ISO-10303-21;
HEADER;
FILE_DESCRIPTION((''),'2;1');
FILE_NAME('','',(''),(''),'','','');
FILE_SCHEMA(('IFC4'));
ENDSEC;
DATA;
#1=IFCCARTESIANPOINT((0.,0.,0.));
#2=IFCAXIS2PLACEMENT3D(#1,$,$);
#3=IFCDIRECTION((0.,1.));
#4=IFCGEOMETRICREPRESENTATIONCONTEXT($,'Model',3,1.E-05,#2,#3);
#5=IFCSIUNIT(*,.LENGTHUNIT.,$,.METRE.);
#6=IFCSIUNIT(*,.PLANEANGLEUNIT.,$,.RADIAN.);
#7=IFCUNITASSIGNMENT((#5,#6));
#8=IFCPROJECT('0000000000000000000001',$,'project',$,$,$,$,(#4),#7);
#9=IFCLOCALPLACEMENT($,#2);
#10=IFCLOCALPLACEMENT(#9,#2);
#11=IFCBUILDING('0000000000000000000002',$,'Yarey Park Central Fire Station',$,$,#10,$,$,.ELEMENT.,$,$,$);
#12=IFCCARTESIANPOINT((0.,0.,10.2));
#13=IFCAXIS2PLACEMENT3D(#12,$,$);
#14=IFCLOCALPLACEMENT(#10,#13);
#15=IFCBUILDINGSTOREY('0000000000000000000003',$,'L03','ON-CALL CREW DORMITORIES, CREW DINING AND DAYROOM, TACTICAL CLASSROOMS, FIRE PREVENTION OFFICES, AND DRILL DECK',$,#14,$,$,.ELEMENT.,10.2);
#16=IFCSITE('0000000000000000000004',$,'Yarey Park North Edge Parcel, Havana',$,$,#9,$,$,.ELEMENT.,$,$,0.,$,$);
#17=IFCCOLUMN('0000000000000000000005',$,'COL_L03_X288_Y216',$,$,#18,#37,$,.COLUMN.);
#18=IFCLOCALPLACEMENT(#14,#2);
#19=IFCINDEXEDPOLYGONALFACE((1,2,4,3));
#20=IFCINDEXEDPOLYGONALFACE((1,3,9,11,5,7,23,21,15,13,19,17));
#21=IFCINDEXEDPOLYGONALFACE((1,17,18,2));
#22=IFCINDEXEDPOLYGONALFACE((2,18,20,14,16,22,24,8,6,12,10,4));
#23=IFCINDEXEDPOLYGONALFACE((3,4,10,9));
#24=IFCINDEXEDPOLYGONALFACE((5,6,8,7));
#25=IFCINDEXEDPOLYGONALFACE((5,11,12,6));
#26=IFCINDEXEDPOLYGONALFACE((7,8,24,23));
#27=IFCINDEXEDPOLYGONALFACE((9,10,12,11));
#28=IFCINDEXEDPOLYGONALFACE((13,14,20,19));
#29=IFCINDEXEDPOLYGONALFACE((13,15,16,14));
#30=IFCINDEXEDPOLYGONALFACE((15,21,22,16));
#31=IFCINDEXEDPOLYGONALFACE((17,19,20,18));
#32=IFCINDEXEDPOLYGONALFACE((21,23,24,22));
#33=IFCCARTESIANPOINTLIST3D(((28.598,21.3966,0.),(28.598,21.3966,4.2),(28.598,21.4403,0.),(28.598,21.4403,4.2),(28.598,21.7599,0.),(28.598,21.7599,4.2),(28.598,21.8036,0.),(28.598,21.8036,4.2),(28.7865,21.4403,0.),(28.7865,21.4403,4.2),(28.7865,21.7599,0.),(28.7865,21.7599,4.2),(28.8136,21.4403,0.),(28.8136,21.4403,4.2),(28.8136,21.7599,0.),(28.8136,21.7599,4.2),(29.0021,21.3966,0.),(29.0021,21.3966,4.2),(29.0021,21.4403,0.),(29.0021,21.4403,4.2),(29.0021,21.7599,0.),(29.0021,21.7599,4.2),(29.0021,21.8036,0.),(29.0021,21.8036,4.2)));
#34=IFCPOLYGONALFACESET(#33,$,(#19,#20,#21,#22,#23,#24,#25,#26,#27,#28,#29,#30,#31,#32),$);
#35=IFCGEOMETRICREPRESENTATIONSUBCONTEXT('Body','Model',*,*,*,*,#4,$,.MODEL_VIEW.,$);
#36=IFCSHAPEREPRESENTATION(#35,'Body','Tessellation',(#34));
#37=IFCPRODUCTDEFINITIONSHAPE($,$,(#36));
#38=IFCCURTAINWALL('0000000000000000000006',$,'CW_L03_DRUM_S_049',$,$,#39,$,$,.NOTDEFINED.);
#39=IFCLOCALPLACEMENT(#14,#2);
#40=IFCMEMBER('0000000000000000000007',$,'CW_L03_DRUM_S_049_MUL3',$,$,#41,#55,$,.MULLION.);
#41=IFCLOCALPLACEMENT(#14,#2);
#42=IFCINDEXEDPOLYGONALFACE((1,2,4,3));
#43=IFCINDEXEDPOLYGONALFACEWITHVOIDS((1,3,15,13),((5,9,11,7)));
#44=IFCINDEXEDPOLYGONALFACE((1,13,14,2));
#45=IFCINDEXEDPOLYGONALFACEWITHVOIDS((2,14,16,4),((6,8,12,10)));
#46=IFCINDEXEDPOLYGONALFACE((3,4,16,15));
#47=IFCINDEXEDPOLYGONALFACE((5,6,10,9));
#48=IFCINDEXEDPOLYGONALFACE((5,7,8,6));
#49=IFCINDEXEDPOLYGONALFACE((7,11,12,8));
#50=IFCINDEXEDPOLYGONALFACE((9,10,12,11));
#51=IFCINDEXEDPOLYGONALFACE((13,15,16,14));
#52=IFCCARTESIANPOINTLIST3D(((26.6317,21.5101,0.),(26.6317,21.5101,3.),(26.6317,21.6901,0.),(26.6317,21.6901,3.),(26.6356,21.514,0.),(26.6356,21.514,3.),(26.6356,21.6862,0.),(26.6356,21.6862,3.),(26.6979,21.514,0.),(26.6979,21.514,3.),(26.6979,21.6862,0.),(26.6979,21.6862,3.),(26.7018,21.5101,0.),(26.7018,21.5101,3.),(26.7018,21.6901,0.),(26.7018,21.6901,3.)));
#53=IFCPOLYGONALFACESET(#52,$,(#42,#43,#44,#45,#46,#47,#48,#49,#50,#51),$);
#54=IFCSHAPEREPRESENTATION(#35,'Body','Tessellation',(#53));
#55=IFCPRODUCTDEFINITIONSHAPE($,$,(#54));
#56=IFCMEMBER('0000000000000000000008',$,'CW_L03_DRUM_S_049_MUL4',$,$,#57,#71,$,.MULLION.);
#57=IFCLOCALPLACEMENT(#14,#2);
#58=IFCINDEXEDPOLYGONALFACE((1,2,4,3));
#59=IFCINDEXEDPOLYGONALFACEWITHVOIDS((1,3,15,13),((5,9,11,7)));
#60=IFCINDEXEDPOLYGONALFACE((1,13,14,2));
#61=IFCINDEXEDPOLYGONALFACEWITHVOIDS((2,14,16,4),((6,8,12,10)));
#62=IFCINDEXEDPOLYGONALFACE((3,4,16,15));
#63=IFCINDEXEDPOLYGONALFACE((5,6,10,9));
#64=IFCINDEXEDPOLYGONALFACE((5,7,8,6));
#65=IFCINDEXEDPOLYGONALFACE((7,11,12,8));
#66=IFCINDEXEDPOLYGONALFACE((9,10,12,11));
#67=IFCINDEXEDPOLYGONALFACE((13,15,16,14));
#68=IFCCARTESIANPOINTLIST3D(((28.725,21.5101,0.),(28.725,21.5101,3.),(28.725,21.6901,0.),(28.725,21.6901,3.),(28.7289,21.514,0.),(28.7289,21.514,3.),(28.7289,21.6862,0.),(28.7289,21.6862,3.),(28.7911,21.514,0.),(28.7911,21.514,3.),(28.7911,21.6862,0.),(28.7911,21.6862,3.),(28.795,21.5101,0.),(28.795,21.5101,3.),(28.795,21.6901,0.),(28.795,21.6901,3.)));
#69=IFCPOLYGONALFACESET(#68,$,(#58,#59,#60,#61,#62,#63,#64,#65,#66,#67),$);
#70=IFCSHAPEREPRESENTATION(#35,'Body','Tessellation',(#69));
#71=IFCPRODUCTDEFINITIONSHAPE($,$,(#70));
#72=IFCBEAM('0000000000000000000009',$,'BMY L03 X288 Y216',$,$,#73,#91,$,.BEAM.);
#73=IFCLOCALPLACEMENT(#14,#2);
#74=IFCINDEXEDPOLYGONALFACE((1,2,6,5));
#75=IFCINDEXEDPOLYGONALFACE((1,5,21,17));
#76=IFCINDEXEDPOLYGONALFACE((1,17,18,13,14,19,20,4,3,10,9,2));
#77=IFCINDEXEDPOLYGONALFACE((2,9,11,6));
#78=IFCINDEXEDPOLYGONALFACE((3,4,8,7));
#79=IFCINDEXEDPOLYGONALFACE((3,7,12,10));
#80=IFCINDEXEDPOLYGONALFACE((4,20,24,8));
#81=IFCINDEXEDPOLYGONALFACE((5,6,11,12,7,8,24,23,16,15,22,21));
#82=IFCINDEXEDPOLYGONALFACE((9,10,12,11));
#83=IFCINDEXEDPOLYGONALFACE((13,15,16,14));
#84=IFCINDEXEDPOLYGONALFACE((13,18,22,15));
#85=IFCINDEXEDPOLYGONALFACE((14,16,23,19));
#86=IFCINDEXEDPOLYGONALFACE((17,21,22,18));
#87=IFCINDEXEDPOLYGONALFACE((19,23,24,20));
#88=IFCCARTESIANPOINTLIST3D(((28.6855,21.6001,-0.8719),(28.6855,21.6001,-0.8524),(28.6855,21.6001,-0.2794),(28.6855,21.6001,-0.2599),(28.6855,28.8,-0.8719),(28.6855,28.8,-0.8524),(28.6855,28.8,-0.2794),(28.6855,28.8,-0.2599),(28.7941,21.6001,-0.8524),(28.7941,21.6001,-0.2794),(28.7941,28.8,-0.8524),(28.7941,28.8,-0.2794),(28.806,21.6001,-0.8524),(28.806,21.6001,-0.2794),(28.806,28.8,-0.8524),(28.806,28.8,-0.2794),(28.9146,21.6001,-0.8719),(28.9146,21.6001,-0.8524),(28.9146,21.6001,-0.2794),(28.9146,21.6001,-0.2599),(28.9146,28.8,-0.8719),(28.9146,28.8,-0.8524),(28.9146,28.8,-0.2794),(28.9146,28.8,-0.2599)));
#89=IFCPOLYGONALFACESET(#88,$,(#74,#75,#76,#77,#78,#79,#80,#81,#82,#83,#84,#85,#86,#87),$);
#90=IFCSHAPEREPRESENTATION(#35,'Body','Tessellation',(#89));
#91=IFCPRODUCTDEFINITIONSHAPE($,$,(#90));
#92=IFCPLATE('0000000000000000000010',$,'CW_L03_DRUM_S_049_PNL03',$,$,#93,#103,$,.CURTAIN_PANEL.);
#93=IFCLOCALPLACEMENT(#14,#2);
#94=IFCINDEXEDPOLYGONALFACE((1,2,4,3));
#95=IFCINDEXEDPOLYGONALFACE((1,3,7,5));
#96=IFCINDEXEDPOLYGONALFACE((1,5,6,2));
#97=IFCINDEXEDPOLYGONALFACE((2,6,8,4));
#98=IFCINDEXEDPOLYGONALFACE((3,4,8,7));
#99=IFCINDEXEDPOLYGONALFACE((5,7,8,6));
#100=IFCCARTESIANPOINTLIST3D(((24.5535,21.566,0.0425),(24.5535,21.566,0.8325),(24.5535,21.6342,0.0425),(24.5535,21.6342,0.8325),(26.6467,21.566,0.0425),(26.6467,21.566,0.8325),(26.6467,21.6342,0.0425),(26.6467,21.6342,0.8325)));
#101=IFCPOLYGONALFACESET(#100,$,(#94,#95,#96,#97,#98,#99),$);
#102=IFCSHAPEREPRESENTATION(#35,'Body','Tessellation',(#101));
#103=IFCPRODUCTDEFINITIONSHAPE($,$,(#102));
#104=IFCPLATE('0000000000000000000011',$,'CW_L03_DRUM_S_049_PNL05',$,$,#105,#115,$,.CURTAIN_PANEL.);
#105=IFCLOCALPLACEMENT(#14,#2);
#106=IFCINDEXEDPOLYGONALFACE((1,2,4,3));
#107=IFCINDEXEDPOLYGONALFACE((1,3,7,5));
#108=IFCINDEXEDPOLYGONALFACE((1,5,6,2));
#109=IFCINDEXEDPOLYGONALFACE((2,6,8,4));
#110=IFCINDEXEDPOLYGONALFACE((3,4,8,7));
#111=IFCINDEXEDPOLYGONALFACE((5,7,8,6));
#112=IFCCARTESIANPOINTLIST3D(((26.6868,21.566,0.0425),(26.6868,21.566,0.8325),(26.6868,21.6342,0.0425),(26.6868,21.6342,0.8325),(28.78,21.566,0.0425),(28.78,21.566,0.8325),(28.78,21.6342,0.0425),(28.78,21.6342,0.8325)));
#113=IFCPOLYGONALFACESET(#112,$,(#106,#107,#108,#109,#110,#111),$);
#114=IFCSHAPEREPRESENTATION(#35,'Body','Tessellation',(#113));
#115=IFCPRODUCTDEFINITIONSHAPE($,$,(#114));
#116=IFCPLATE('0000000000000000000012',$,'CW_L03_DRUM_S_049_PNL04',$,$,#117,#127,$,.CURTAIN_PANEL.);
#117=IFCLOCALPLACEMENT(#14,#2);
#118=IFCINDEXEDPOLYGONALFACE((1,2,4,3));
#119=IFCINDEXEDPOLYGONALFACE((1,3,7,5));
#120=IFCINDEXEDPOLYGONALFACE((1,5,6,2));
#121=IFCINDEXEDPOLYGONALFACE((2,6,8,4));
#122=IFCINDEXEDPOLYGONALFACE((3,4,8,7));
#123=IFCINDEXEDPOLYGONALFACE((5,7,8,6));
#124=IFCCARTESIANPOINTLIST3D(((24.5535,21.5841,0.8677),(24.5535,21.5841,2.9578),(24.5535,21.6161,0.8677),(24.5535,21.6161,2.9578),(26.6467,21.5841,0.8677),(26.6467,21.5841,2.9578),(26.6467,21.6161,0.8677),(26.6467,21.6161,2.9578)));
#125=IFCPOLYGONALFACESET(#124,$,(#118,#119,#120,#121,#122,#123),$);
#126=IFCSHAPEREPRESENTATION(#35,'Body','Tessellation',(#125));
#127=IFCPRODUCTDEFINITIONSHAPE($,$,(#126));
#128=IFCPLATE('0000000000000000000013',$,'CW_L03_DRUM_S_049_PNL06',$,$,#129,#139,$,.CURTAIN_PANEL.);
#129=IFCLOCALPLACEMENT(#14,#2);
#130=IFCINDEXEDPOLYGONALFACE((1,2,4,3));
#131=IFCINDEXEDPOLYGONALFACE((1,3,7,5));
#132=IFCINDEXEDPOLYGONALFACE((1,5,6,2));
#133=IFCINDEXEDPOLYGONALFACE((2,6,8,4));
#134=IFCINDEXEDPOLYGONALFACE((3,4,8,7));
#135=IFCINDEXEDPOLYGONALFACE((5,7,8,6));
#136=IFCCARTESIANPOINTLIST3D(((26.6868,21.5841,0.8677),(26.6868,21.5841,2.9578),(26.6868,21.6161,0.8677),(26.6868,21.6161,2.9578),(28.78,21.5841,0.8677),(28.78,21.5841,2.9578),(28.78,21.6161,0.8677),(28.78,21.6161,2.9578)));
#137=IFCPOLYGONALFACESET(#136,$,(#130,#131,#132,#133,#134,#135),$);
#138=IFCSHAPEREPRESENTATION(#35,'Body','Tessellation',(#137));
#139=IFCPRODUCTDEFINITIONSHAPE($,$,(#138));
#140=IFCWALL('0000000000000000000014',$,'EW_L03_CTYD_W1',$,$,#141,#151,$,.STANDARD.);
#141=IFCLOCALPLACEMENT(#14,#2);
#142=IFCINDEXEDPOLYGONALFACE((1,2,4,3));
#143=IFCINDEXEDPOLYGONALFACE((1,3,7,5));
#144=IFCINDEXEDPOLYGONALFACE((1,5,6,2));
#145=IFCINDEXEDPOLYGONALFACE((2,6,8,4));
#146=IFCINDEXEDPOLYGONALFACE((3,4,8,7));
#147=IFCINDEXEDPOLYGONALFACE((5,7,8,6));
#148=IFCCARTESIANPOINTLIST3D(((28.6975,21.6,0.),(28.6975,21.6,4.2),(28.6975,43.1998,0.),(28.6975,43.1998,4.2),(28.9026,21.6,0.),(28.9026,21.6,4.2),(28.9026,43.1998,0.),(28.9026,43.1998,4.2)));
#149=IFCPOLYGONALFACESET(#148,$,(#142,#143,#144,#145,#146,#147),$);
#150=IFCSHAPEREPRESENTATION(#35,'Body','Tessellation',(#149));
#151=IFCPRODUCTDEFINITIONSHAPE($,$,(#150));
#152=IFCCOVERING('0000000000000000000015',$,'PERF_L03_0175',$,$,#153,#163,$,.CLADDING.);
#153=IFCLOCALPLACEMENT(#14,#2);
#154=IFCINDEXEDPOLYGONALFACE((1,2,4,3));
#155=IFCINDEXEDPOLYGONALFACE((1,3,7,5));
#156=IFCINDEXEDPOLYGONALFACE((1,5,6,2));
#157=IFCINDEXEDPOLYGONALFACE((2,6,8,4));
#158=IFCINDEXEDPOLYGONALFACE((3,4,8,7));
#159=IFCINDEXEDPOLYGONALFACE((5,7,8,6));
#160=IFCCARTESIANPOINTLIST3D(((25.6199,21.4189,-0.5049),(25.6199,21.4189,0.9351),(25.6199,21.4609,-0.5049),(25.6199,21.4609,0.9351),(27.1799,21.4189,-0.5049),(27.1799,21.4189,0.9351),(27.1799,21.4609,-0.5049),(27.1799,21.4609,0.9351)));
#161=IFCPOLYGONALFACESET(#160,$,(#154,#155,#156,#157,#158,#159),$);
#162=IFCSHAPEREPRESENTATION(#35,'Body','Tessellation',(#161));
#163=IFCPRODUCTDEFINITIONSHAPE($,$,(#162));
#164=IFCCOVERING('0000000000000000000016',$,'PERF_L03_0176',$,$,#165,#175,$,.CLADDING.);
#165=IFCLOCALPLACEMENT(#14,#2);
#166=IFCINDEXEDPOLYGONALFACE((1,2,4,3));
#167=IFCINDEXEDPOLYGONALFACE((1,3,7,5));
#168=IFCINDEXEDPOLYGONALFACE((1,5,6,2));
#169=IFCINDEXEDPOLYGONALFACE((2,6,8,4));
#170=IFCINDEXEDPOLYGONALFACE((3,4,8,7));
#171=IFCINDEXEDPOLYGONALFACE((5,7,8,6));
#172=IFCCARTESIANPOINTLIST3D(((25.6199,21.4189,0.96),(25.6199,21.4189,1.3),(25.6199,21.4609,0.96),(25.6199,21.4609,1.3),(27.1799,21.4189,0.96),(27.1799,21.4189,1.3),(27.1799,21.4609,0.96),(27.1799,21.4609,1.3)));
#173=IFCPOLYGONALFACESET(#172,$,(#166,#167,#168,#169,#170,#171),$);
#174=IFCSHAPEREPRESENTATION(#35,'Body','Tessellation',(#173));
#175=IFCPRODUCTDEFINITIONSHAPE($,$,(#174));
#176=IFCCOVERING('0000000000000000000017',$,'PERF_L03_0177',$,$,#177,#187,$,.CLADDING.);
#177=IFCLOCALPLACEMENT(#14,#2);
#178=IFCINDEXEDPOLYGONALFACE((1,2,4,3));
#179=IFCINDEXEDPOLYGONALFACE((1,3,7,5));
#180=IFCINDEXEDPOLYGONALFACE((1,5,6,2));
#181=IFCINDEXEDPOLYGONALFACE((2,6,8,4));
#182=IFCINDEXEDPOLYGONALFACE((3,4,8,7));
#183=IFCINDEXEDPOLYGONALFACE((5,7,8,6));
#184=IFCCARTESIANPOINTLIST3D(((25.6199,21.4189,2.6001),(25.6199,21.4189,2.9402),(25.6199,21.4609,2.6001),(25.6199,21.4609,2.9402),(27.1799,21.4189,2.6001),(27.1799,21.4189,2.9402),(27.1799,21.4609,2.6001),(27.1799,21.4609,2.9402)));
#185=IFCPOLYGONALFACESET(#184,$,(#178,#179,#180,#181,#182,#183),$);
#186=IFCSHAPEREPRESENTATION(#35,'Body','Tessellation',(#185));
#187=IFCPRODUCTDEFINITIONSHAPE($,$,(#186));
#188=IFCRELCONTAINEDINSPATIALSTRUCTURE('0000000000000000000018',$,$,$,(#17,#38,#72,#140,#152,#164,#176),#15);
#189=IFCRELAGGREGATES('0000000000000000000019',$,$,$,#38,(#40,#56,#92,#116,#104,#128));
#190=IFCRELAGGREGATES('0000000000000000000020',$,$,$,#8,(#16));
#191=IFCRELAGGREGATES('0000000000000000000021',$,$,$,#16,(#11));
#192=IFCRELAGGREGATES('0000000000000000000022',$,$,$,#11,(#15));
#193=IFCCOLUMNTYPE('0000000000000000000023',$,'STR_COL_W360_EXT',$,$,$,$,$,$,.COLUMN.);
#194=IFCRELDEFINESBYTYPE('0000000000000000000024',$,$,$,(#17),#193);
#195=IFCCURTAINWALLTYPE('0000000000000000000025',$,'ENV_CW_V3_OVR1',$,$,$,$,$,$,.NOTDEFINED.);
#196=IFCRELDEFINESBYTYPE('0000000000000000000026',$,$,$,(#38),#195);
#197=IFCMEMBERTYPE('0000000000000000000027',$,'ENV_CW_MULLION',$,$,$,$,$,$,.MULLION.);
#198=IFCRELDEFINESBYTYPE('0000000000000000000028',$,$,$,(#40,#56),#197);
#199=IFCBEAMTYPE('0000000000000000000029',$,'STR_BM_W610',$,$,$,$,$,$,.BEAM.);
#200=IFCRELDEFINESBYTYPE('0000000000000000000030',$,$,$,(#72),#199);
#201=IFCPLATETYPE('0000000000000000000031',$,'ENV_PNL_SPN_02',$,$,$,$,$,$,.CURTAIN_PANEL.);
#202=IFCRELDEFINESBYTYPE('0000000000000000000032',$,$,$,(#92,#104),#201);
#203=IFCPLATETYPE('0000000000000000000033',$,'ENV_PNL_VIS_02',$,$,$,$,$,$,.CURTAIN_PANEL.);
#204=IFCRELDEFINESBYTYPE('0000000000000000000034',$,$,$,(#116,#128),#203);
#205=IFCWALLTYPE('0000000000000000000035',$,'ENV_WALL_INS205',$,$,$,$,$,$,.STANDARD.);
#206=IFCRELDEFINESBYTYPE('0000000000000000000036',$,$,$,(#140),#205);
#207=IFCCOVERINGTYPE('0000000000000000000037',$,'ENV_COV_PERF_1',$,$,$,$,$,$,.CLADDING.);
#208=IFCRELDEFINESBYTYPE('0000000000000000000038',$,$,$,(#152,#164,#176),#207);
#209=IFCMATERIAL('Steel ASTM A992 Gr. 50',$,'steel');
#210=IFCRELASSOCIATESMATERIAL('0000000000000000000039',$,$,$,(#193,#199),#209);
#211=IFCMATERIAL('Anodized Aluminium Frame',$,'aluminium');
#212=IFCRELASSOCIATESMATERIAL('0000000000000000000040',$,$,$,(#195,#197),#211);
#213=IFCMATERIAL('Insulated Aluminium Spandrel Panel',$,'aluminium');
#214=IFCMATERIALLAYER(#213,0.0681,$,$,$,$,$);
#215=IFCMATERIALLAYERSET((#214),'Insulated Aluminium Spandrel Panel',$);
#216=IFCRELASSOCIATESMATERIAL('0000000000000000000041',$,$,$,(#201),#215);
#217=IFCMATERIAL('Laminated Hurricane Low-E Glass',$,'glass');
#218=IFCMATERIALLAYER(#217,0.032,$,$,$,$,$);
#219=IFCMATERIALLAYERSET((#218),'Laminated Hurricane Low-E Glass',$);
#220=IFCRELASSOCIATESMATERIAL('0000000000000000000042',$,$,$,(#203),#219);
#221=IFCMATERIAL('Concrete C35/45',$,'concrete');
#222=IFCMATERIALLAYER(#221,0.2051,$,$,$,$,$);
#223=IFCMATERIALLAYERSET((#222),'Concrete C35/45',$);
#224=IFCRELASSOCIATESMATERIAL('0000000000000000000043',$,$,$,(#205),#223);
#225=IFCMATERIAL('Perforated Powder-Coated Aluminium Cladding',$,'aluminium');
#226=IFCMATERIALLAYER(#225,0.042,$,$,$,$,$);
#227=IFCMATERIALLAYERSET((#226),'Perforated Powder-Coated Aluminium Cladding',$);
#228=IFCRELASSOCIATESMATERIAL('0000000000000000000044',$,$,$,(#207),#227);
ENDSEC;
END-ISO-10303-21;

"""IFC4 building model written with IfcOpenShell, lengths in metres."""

from ifc_helpers import new_model, si_unit, direction, frame, frame_2d, origin, origin_2d, place, context, subcontext, project, spatial, rectangle, hollow_rectangle, i_section, extrude, material, layer, layer_set, material_profile, profile_set, type_object, element, aggregate, save


model = new_model("IFC4")

# Units and contexts
model_context = context("Model", 3, precision=1e-05, world=origin(), true_north=direction((0.0, 1.0)))
body_context = subcontext(model_context, "Body", "Model", "MODEL_VIEW")
ifc_project = project(units=[si_unit("LENGTHUNIT", "METRE"), si_unit("PLANEANGLEUNIT", "RADIAN")], contexts=[model_context])

# Site, building, storey
site_placement = place(None, origin())
site = spatial("IfcSite", under=ifc_project, at=site_placement, Name="Yarey Park North Edge Parcel, Havana", CompositionType="ELEMENT", RefElevation=0.0)
building_placement = place(site_placement, origin())
building = spatial("IfcBuilding", under=site, at=building_placement, Name="Yarey Park Central Fire Station", CompositionType="ELEMENT")
storey_placement = place(building_placement, frame((0.0, 0.0, 10.2)))
storey = spatial("IfcBuildingStorey", under=building, at=storey_placement, Name="L03", Description="ON-CALL CREW DORMITORIES, CREW DINING AND DAYROOM, TACTICAL CLASSROOMS, FIRE PREVENTION OFFICES, AND DRILL DECK", CompositionType="ELEMENT", Elevation=10.2)

# Column
ifc_material_1 = material(Name="Steel ASTM A992 Gr. 50", Category="steel")
ifc_material_profile_1 = material_profile(ifc_material_1, i_section(OverallWidth=0.4041, OverallDepth=0.407, WebThickness=0.0271, FlangeThickness=0.0437, at=origin_2d()), Name="W360x347")
ifc_profile_set_1 = profile_set([ifc_material_profile_1], Name="Steel ASTM A992 Gr. 50")
column_type = type_object("IfcColumnType", Name="STR_COL_W360_EXT", PredefinedType="COLUMN", material=ifc_profile_set_1)
column_placement = place(storey_placement, frame((28.8, 21.6001, 0.0), z_axis=(0.0, 0.0, 1.0), x_axis=(1.0, 0.0, 0.0)))
element("IfcColumn", 1, at=column_placement, inside=storey, type_object=column_type, Name="COL_L03_X288_Y216", PredefinedType="COLUMN", context=body_context, shape_type="SweptSolid", body=[
    extrude(i_section(OverallWidth=0.4041, OverallDepth=0.407, WebThickness=0.0271, FlangeThickness=0.0437, at=origin_2d()), origin(), (0.0, 0.0, 1.0), 4.2),
])

# Curtain wall, members
ifc_material_2 = material(Name="Anodized Aluminium Frame", Category="aluminium")
curtain_wall_type = type_object("IfcCurtainWallType", Name="ENV_CW_V3_OVR1", PredefinedType="NOTDEFINED", material=ifc_material_2)
curtain_wall_placement = place(storey_placement, origin())
curtain_wall = element("IfcCurtainWall", 2, at=curtain_wall_placement, inside=storey, type_object=curtain_wall_type, Name="CW_L03_DRUM_S_049", PredefinedType="NOTDEFINED")
ifc_material_profile_2 = material_profile(ifc_material_2, hollow_rectangle(XDim=0.0701, YDim=0.1799, WallThickness=0.0039, at=origin_2d()), Name="ALU 180x70x4")
ifc_profile_set_2 = profile_set([ifc_material_profile_2], Name="Anodized Aluminium Frame")
member_type = type_object("IfcMemberType", Name="ENV_CW_MULLION", PredefinedType="MULLION", material=ifc_profile_set_2)
member_1_placement = place(storey_placement, frame((26.6667, 21.6001, 0.0), z_axis=(0.0, 0.0, 1.0), x_axis=(1.0, 0.0, 0.0)))
member_1 = element("IfcMember", 3, at=member_1_placement, type_object=member_type, Name="CW_L03_DRUM_S_049_MUL3", PredefinedType="MULLION", context=body_context, shape_type="SweptSolid", body=[
    extrude(hollow_rectangle(XDim=0.0701, YDim=0.1799, WallThickness=0.0039, at=origin_2d()), origin(), (0.0, 0.0, 1.0), 3.0),
])
member_2_placement = place(storey_placement, frame((28.76, 21.6001, 0.0), z_axis=(0.0, 0.0, 1.0), x_axis=(1.0, 0.0, 0.0)))
member_2 = element("IfcMember", 4, at=member_2_placement, type_object=member_type, Name="CW_L03_DRUM_S_049_MUL4", PredefinedType="MULLION", context=body_context, shape_type="SweptSolid", body=[
    extrude(hollow_rectangle(XDim=0.0701, YDim=0.1799, WallThickness=0.0039, at=origin_2d()), origin(), (0.0, 0.0, 1.0), 3.0),
])

# Beam
ifc_material_profile_3 = material_profile(ifc_material_1, i_section(OverallWidth=0.229, OverallDepth=0.6121, WebThickness=0.012, FlangeThickness=0.0195, at=origin_2d()), Name="W610x125")
ifc_profile_set_3 = profile_set([ifc_material_profile_3], Name="Steel ASTM A992 Gr. 50")
beam_type = type_object("IfcBeamType", Name="STR_BM_W610", PredefinedType="BEAM", material=ifc_profile_set_3)
beam_placement = place(storey_placement, frame((28.8, 21.6001, -0.5659), z_axis=(0.0, 1.0, 0.0), x_axis=(-1.0, 0.0, 0.0)))
element("IfcBeam", 5, at=beam_placement, inside=storey, type_object=beam_type, Name="BMY L03 X288 Y216", PredefinedType="BEAM", context=body_context, shape_type="SweptSolid", body=[
    extrude(i_section(OverallWidth=0.229, OverallDepth=0.6121, WebThickness=0.012, FlangeThickness=0.0195, at=origin_2d()), origin(), (0.0, 0.0, 1.0), 7.2),
])

# Plates
ifc_material_3 = material(Name="Insulated Aluminium Spandrel Panel", Category="aluminium")
ifc_layer_1 = layer(ifc_material_3, 0.0681)
ifc_layer_set_1 = layer_set([ifc_layer_1], Name="Insulated Aluminium Spandrel Panel")
plate_type_1 = type_object("IfcPlateType", Name="ENV_PNL_SPN_02", PredefinedType="CURTAIN_PANEL", material=ifc_layer_set_1)
plate_1_placement = place(storey_placement, frame((25.6001, 21.6001, 0.0425), z_axis=(0.0, 0.0, 1.0), x_axis=(1.0, 0.0, 0.0)))
plate_1 = element("IfcPlate", 6, at=plate_1_placement, type_object=plate_type_1, Name="CW_L03_DRUM_S_049_PNL03", PredefinedType="CURTAIN_PANEL", context=body_context, shape_type="SweptSolid", body=[
    extrude(rectangle(XDim=2.0933, YDim=0.0681, at=origin_2d()), origin(), (0.0, 0.0, 1.0), 0.79),
])
plate_2_placement = place(storey_placement, frame((27.7334, 21.6001, 0.0425), z_axis=(0.0, 0.0, 1.0), x_axis=(1.0, 0.0, 0.0)))
plate_2 = element("IfcPlate", 7, at=plate_2_placement, type_object=plate_type_1, Name="CW_L03_DRUM_S_049_PNL05", PredefinedType="CURTAIN_PANEL", context=body_context, shape_type="SweptSolid", body=[
    extrude(rectangle(XDim=2.0933, YDim=0.0681, at=origin_2d()), origin(), (0.0, 0.0, 1.0), 0.79),
])
ifc_material_4 = material(Name="Laminated Hurricane Low-E Glass", Category="glass")
ifc_layer_2 = layer(ifc_material_4, 0.032)
ifc_layer_set_2 = layer_set([ifc_layer_2], Name="Laminated Hurricane Low-E Glass")
plate_type_2 = type_object("IfcPlateType", Name="ENV_PNL_VIS_02", PredefinedType="CURTAIN_PANEL", material=ifc_layer_set_2)
plate_3_placement = place(storey_placement, frame((25.6001, 21.6001, 0.8677), z_axis=(0.0, 0.0, 1.0), x_axis=(1.0, 0.0, 0.0)))
plate_3 = element("IfcPlate", 8, at=plate_3_placement, type_object=plate_type_2, Name="CW_L03_DRUM_S_049_PNL04", PredefinedType="CURTAIN_PANEL", context=body_context, shape_type="SweptSolid", body=[
    extrude(rectangle(XDim=2.0933, YDim=0.032, at=origin_2d()), origin(), (0.0, 0.0, 1.0), 2.0901),
])
plate_4_placement = place(storey_placement, frame((27.7334, 21.6001, 0.8677), z_axis=(0.0, 0.0, 1.0), x_axis=(1.0, 0.0, 0.0)))
plate_4 = element("IfcPlate", 9, at=plate_4_placement, type_object=plate_type_2, Name="CW_L03_DRUM_S_049_PNL06", PredefinedType="CURTAIN_PANEL", context=body_context, shape_type="SweptSolid", body=[
    extrude(rectangle(XDim=2.0933, YDim=0.032, at=origin_2d()), origin(), (0.0, 0.0, 1.0), 2.0901),
])
aggregate(curtain_wall, [member_1, member_2, plate_1, plate_3, plate_2, plate_4])

# Wall
ifc_material_5 = material(Name="Concrete C35/45", Category="concrete")
ifc_layer_3 = layer(ifc_material_5, 0.2051)
ifc_layer_set_3 = layer_set([ifc_layer_3], Name="Concrete C35/45")
wall_type = type_object("IfcWallType", Name="ENV_WALL_INS205", PredefinedType="STANDARD", material=ifc_layer_set_3)
wall_placement = place(storey_placement, frame((28.8, 21.6001, 0.0), z_axis=(0.0, 0.0, 1.0), x_axis=(0.0, 1.0, 0.0)))
element("IfcWall", 10, at=wall_placement, inside=storey, type_object=wall_type, Name="EW_L03_CTYD_W1", PredefinedType="STANDARD", context=body_context, shape_type="SweptSolid", body=[
    extrude(rectangle(XDim=21.5999, YDim=0.2051, at=frame_2d((10.7998, 0.0))), origin(), (0.0, 0.0, 1.0), 4.2),
])

# Coverings
ifc_material_6 = material(Name="Perforated Powder-Coated Aluminium Cladding", Category="aluminium")
ifc_layer_4 = layer(ifc_material_6, 0.042)
ifc_layer_set_4 = layer_set([ifc_layer_4], Name="Perforated Powder-Coated Aluminium Cladding")
covering_type_1 = type_object("IfcCoveringType", Name="ENV_COV_PERF_1", PredefinedType="CLADDING", material=ifc_layer_set_4)
covering_1_placement = place(storey_placement, frame((26.3999, 21.4399, -0.5049), z_axis=(0.0, 0.0, 1.0), x_axis=(1.0, 0.0, 0.0)))
element("IfcCovering", 11, at=covering_1_placement, inside=storey, type_object=covering_type_1, Name="PERF_L03_0175", PredefinedType="CLADDING", context=body_context, shape_type="SweptSolid", body=[
    extrude(rectangle(XDim=1.5601, YDim=0.042, at=origin_2d()), origin(), (0.0, 0.0, 1.0), 1.4399),
])
for number, where, z_axis, x_axis, name in (
    (12, (26.3999, 21.4399, 0.96), (0.0, 0.0, 1.0), (1.0, 0.0, 0.0), "PERF_L03_0176"),
    (13, (26.3999, 21.4399, 2.6001), (0.0, 0.0, 1.0), (1.0, 0.0, 0.0), "PERF_L03_0177"),
):
    element("IfcCovering", number, at=place(storey_placement, frame(where, z_axis=z_axis, x_axis=x_axis)), inside=storey, type_object=covering_type_1, Name=name, PredefinedType="CLADDING", context=body_context, shape_type="SweptSolid", body=[
        extrude(rectangle(XDim=1.5601, YDim=0.042, at=origin_2d()), origin(), (0.0, 0.0, 1.0), 0.3401),
    ])

save(model, "model.ifc")
